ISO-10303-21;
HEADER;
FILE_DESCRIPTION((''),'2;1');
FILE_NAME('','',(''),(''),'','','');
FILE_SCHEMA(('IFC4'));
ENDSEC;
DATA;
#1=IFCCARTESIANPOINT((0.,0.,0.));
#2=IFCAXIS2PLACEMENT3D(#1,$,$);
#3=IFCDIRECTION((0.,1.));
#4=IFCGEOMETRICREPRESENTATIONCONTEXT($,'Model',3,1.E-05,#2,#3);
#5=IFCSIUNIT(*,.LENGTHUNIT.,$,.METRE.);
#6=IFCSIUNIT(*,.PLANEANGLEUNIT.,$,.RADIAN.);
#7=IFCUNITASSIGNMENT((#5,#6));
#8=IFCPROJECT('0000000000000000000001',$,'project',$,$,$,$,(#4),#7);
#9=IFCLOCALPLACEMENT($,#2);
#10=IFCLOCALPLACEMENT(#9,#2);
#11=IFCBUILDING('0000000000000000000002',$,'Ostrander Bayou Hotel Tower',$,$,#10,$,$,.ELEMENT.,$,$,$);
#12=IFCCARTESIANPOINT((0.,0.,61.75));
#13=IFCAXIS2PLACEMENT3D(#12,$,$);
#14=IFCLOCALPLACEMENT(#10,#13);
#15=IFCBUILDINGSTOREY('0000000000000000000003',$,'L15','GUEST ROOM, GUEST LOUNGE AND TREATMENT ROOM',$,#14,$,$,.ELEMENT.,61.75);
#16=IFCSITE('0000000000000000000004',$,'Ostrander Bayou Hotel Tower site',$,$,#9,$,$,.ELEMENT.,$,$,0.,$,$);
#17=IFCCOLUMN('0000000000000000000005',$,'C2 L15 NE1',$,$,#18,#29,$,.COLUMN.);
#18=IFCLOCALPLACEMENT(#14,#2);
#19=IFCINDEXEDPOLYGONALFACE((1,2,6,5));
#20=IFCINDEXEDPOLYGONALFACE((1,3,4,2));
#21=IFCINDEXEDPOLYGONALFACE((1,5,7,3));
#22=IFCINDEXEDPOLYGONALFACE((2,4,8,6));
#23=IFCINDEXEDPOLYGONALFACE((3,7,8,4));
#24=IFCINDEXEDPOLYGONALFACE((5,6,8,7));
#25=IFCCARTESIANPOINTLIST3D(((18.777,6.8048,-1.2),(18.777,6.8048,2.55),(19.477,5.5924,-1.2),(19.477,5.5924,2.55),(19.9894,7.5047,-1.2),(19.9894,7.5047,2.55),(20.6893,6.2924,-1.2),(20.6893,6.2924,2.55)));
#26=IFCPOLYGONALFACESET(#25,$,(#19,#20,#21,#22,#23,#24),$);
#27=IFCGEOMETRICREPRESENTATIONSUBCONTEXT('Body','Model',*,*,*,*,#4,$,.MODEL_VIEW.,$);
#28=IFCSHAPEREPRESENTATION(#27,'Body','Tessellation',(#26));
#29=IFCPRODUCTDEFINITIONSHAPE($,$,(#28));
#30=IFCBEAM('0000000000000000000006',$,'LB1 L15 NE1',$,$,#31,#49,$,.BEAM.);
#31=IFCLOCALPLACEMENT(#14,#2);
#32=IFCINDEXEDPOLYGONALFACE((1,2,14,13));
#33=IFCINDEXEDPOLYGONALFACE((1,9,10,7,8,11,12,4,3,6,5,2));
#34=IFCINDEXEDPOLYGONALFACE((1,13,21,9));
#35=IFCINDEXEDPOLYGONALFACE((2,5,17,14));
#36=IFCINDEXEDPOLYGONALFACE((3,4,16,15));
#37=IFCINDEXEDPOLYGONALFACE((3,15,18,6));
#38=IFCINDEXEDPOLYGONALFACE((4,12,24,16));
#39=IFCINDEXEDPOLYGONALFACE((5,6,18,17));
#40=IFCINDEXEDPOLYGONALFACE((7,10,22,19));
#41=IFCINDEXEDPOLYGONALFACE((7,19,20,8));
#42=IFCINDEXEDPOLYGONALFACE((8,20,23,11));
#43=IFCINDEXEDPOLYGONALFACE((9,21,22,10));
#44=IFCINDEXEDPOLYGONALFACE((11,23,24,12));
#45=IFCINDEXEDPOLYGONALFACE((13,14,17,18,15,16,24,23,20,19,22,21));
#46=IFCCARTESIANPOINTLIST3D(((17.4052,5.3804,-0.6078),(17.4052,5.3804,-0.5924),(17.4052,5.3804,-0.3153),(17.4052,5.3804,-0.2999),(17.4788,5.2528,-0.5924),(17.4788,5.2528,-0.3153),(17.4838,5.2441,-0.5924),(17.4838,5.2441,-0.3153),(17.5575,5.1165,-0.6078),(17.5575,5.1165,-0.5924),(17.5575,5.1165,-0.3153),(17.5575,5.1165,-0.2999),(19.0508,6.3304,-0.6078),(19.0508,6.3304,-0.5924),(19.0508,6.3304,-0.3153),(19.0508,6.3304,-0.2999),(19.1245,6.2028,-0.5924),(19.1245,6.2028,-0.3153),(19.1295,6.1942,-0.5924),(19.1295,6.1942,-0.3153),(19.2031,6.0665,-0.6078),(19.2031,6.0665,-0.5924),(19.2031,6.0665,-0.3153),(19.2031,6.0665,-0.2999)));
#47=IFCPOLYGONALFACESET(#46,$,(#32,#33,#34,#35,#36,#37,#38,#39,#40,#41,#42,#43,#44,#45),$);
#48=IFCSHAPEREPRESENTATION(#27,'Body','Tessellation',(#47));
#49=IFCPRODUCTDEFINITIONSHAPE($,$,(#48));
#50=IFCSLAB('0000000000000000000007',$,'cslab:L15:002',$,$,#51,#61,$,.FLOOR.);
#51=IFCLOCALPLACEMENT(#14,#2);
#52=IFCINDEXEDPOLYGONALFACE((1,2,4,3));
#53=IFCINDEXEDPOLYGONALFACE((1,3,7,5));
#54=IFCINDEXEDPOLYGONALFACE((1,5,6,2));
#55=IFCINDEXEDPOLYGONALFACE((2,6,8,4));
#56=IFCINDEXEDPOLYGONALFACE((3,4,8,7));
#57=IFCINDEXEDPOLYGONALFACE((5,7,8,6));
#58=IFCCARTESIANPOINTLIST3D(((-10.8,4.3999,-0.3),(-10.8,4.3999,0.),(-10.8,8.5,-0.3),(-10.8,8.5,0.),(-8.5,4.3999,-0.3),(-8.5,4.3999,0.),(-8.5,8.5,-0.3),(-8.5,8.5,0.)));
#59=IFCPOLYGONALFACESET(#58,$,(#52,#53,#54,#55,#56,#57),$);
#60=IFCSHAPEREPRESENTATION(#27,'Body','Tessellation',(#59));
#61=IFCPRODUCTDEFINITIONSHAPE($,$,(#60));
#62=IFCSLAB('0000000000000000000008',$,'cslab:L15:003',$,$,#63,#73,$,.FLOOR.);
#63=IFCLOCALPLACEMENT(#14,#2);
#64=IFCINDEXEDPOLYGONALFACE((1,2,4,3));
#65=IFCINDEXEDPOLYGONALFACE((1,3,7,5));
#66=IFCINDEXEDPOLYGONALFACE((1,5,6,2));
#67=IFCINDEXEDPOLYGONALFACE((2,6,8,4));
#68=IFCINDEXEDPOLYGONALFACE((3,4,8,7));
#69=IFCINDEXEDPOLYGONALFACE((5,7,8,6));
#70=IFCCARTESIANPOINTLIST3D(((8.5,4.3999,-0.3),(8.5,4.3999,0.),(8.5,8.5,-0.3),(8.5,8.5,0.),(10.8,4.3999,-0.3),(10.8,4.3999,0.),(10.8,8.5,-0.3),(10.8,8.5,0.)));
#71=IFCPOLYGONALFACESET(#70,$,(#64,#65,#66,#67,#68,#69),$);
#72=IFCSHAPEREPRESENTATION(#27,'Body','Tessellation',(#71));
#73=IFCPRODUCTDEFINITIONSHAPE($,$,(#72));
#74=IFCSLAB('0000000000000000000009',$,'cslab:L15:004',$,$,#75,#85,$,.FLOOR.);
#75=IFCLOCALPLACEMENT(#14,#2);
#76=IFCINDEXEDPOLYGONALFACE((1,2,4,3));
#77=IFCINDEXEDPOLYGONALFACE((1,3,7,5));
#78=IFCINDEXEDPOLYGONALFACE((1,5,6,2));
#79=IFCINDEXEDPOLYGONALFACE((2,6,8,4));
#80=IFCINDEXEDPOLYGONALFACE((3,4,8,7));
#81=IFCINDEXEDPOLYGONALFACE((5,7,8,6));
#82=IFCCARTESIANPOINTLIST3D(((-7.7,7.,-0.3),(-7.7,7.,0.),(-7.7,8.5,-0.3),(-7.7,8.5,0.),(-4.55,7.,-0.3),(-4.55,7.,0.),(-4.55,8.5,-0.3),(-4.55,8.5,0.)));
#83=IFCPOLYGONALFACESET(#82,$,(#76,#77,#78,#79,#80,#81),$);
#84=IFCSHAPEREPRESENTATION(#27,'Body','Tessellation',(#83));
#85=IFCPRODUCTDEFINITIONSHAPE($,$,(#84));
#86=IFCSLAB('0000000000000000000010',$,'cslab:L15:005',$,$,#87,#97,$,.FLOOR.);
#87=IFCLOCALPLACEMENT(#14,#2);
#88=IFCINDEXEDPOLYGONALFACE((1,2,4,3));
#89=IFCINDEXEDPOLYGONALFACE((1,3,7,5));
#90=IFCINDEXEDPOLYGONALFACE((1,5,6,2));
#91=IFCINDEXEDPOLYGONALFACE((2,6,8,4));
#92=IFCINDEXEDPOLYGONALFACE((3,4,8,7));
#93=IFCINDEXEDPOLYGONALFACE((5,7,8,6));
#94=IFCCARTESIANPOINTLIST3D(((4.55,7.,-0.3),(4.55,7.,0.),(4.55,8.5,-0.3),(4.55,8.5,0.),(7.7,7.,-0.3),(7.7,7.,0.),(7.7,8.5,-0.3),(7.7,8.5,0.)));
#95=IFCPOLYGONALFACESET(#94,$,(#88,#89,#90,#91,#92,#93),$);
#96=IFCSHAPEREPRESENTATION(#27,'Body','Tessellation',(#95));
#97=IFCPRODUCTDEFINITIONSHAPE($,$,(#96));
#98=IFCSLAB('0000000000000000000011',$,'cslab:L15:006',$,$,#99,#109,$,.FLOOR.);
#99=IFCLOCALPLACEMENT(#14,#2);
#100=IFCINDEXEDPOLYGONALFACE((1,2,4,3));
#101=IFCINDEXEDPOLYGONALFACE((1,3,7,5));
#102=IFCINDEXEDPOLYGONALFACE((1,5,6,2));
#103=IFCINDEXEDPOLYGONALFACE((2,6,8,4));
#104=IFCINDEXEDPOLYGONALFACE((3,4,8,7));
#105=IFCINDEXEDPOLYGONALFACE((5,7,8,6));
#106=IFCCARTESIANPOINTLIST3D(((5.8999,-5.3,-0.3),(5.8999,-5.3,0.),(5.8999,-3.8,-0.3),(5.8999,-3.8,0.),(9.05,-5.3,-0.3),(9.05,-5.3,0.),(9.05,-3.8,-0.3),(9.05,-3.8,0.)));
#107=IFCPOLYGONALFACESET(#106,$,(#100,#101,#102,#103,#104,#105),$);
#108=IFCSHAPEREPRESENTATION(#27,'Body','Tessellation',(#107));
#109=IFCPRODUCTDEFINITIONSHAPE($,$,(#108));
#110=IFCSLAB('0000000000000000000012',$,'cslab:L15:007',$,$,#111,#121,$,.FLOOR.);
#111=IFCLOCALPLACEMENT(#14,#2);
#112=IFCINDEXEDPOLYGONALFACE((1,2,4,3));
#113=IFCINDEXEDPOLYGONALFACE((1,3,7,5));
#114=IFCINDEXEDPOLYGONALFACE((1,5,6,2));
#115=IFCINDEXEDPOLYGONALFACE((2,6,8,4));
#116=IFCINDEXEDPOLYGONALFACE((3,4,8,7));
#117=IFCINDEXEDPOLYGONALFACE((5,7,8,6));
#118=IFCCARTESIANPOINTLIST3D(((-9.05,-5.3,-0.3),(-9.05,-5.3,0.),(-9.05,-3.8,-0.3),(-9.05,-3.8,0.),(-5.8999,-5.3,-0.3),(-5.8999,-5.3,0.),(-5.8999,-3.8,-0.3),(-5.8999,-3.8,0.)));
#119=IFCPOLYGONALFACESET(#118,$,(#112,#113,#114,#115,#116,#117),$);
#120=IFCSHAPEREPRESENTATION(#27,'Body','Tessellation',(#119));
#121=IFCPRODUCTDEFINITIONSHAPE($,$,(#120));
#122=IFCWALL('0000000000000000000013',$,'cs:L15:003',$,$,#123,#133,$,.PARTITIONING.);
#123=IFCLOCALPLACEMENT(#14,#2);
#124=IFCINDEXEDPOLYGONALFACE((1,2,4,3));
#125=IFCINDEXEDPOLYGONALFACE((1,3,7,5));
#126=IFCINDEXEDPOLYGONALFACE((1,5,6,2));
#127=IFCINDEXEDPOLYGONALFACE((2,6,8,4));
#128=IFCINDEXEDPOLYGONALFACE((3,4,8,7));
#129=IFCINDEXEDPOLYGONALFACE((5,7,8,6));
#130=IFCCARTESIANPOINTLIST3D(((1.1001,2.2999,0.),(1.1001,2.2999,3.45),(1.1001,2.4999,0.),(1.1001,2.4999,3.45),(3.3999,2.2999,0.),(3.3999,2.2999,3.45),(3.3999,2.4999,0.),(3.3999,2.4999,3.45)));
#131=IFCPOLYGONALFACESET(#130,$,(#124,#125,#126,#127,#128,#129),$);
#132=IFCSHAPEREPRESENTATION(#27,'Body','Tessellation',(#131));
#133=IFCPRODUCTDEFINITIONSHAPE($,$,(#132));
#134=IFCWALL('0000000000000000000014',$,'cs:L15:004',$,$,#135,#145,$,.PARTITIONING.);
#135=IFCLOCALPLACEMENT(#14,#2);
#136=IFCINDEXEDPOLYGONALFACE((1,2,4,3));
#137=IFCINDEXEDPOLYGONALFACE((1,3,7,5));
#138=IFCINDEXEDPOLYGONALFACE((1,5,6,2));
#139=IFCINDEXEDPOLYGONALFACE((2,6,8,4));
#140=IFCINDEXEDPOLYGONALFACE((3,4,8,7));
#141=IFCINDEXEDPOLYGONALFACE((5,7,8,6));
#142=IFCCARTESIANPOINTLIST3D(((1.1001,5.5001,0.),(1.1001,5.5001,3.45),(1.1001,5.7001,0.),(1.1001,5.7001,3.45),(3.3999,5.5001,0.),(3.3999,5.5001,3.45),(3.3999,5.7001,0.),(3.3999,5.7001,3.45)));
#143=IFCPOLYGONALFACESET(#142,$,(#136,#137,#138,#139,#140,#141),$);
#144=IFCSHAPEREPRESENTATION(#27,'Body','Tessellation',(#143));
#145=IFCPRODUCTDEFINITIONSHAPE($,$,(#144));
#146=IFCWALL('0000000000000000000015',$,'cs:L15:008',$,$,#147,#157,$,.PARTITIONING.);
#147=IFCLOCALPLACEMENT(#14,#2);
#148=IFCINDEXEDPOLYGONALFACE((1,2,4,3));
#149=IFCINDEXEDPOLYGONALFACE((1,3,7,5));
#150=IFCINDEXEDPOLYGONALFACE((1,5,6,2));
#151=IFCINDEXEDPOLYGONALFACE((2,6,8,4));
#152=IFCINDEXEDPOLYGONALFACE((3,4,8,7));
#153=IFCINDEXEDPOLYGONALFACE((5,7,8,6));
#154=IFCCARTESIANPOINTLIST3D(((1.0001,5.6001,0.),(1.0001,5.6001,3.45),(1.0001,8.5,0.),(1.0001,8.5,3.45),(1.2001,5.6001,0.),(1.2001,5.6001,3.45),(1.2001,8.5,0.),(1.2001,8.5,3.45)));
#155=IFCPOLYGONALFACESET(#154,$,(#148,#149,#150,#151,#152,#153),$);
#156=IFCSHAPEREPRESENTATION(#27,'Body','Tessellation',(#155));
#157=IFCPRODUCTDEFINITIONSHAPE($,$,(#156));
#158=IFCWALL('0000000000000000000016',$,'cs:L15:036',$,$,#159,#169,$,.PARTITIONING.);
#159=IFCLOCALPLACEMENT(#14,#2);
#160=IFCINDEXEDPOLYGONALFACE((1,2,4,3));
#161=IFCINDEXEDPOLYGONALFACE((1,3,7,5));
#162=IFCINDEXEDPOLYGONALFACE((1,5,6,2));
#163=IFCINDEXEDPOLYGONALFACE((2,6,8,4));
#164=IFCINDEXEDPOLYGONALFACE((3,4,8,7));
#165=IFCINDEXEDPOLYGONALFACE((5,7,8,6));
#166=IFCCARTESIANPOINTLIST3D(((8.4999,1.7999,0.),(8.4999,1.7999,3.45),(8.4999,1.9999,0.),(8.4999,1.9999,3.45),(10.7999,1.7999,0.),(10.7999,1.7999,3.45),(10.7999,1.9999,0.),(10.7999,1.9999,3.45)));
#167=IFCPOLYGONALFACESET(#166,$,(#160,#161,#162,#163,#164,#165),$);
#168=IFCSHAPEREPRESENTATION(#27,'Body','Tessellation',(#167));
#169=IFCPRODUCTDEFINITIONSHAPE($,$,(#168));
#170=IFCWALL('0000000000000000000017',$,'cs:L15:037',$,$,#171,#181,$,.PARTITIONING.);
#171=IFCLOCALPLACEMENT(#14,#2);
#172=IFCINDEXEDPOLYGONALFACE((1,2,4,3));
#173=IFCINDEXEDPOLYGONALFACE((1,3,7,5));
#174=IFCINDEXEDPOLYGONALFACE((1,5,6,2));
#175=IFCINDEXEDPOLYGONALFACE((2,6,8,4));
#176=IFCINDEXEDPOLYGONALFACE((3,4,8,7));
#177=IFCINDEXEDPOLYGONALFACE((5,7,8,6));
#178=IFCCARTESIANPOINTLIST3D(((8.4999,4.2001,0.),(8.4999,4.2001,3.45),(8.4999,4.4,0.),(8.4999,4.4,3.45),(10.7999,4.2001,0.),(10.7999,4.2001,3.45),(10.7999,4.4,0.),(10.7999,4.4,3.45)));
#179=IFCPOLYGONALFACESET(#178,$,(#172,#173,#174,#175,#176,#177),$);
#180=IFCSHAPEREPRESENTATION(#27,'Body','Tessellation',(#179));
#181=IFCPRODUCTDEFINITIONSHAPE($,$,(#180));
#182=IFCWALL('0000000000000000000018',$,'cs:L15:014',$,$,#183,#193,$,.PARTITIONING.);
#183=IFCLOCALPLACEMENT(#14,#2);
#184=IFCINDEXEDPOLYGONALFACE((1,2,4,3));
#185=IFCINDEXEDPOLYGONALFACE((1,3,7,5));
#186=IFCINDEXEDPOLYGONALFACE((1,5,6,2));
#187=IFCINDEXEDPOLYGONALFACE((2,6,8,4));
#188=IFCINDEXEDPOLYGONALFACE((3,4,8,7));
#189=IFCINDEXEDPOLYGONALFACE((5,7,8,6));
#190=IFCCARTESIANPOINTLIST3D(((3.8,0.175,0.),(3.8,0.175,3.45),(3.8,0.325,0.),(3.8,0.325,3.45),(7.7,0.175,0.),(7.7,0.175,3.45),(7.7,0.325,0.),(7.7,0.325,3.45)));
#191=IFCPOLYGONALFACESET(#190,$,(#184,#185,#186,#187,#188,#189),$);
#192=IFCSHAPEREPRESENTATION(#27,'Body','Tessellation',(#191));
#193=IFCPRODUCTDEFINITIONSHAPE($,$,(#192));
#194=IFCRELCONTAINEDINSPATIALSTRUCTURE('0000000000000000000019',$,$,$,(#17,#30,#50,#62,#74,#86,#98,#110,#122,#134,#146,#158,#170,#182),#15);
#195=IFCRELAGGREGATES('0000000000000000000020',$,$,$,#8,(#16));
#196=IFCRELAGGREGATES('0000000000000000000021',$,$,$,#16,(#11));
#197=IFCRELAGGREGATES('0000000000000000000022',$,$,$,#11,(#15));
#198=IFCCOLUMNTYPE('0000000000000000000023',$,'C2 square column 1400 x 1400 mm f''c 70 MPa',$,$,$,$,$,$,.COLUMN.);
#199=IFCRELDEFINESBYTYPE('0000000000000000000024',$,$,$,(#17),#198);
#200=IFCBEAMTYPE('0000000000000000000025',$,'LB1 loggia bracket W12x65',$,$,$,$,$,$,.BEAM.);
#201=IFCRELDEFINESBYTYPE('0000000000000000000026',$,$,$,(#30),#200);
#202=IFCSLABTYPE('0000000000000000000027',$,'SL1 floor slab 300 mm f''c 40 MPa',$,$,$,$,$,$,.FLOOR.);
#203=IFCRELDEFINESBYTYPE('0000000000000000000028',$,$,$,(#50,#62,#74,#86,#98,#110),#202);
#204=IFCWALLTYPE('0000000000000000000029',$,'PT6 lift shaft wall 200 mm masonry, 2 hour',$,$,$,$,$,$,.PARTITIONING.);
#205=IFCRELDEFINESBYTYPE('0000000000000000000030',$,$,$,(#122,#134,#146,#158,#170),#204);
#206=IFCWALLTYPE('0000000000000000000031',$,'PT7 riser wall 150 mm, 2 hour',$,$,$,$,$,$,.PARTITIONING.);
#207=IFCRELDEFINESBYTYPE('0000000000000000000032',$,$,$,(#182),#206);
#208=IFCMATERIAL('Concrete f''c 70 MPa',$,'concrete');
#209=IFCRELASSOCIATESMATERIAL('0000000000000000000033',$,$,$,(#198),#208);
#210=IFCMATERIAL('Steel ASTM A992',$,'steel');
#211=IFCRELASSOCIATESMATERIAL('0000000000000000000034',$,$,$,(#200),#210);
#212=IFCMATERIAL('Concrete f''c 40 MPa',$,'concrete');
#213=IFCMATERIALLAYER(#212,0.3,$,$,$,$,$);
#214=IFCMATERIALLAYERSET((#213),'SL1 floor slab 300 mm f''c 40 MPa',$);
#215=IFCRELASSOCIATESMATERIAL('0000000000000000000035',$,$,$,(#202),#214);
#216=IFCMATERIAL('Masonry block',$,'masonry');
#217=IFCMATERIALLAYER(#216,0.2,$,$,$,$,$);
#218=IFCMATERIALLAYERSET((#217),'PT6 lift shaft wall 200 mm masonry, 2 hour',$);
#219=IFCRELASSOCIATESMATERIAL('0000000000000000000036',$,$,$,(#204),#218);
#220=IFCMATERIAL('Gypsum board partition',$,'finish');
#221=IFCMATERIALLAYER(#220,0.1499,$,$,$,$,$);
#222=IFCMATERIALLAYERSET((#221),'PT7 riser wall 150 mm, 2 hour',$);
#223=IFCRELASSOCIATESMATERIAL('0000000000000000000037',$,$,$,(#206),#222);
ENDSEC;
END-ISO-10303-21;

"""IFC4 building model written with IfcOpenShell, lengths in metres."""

from ifc_helpers import new_model, si_unit, direction, frame, frame_2d, origin, origin_2d, place, context, subcontext, project, spatial, polyline, rectangle, i_section, outline, extrude, material, layer, layer_set, material_profile, profile_set, type_object, element, save


model = new_model("IFC4")

# Units and contexts
model_context = context("Model", 3, precision=1e-05, world=origin(), true_north=direction((0.0, 1.0)))
body_context = subcontext(model_context, "Body", "Model", "MODEL_VIEW")
ifc_project = project(units=[si_unit("LENGTHUNIT", "METRE"), si_unit("PLANEANGLEUNIT", "RADIAN")], contexts=[model_context])

# Site, building, storey
site_placement = place(None, origin())
site = spatial("IfcSite", under=ifc_project, at=site_placement, Name="Ostrander Bayou Hotel Tower site", CompositionType="ELEMENT", RefElevation=0.0)
building_placement = place(site_placement, origin())
building = spatial("IfcBuilding", under=site, at=building_placement, Name="Ostrander Bayou Hotel Tower", CompositionType="ELEMENT")
storey_placement = place(building_placement, frame((0.0, 0.0, 61.75)))
storey = spatial("IfcBuildingStorey", under=building, at=storey_placement, Name="L15", Description="GUEST ROOM, GUEST LOUNGE AND TREATMENT ROOM", CompositionType="ELEMENT", Elevation=61.75)

# Column
ifc_material_1 = material(Name="Concrete f'c 70 MPa", Category="concrete")
ifc_material_profile_1 = material_profile(ifc_material_1, rectangle(XDim=1.3999, YDim=1.3999, at=origin_2d()))
ifc_profile_set_1 = profile_set([ifc_material_profile_1], Name="Concrete f'c 70 MPa")
column_type = type_object("IfcColumnType", Name="C2 square column 1400 x 1400 mm f'c 70 MPa", PredefinedType="COLUMN", material=ifc_profile_set_1)
column_placement = place(storey_placement, frame((19.7332, 6.5486, -1.2), z_axis=(0.0, 0.0, 1.0), x_axis=(0.5, -0.866025, 0.0)))
element("IfcColumn", 1, at=column_placement, inside=storey, type_object=column_type, Name="C2 L15 NE1", PredefinedType="COLUMN", context=body_context, shape_type="SweptSolid", body=[
    extrude(rectangle(XDim=1.3999, YDim=1.3999, at=origin_2d()), origin(), (0.0, 0.0, 1.0), 3.75),
])

# Beam
ifc_material_2 = material(Name="Steel ASTM A992", Category="steel")
ifc_material_profile_2 = material_profile(ifc_material_2, i_section(OverallWidth=0.3047, OverallDepth=0.3079, WebThickness=0.01, FlangeThickness=0.0154, at=origin_2d()))
ifc_profile_set_2 = profile_set([ifc_material_profile_2], Name="Steel ASTM A992")
beam_type = type_object("IfcBeamType", Name="LB1 loggia bracket W12x65", PredefinedType="BEAM", material=ifc_profile_set_2)
beam_placement = place(storey_placement, frame((19.127, 6.1985, -0.4539), z_axis=(-0.866044, -0.499967, 0.0), x_axis=(0.499967, -0.866044, 0.0)))
element("IfcBeam", 2, at=beam_placement, inside=storey, type_object=beam_type, Name="LB1 L15 NE1", PredefinedType="BEAM", context=body_context, shape_type="SweptSolid", body=[
    extrude(i_section(OverallWidth=0.3047, OverallDepth=0.3079, WebThickness=0.01, FlangeThickness=0.0154, at=origin_2d()), origin(), (0.0, 0.0, 1.0), 1.9001),
])

# Slabs
ifc_material_3 = material(Name="Concrete f'c 40 MPa", Category="concrete")
ifc_layer_1 = layer(ifc_material_3, 0.3)
ifc_layer_set_1 = layer_set([ifc_layer_1], Name="SL1 floor slab 300 mm f'c 40 MPa")
slab_type = type_object("IfcSlabType", Name="SL1 floor slab 300 mm f'c 40 MPa", PredefinedType="FLOOR", material=ifc_layer_set_1)
slab_1_placement = place(storey_placement, frame((0.0, 0.0, -0.3)))
element("IfcSlab", 3, at=slab_1_placement, inside=storey, type_object=slab_type, Name="cslab:L15:002", PredefinedType="FLOOR", context=body_context, shape_type="SweptSolid", body=[
    extrude(outline(polyline([(-8.5, 4.3999), (-8.5, 8.5), (-10.8, 8.5), (-10.8, 4.3999), (-8.5, 4.3999)])), origin(), (0.0, 0.0, 1.0), 0.3),
])
slab_2_placement = place(storey_placement, frame((0.0, 0.0, -0.3)))
element("IfcSlab", 4, at=slab_2_placement, inside=storey, type_object=slab_type, Name="cslab:L15:003", PredefinedType="FLOOR", context=body_context, shape_type="SweptSolid", body=[
    extrude(outline(polyline([(10.8, 4.3999), (10.8, 8.5), (8.5, 8.5), (8.5, 4.3999), (10.8, 4.3999)])), origin(), (0.0, 0.0, 1.0), 0.3),
])
slab_3_placement = place(storey_placement, frame((0.0, 0.0, -0.3)))
element("IfcSlab", 5, at=slab_3_placement, inside=storey, type_object=slab_type, Name="cslab:L15:004", PredefinedType="FLOOR", context=body_context, shape_type="SweptSolid", body=[
    extrude(outline(polyline([(-4.55, 7.0), (-4.55, 8.5), (-7.7, 8.5), (-7.7, 7.0), (-4.55, 7.0)])), origin(), (0.0, 0.0, 1.0), 0.3),
])
slab_4_placement = place(storey_placement, frame((0.0, 0.0, -0.3)))
element("IfcSlab", 6, at=slab_4_placement, inside=storey, type_object=slab_type, Name="cslab:L15:005", PredefinedType="FLOOR", context=body_context, shape_type="SweptSolid", body=[
    extrude(outline(polyline([(7.7, 7.0), (7.7, 8.5), (4.55, 8.5), (4.55, 7.0), (7.7, 7.0)])), origin(), (0.0, 0.0, 1.0), 0.3),
])
slab_5_placement = place(storey_placement, frame((0.0, 0.0, -0.3)))
element("IfcSlab", 7, at=slab_5_placement, inside=storey, type_object=slab_type, Name="cslab:L15:006", PredefinedType="FLOOR", context=body_context, shape_type="SweptSolid", body=[
    extrude(outline(polyline([(9.05, -5.3), (9.05, -3.8), (5.8999, -3.8), (5.8999, -5.3), (9.05, -5.3)])), origin(), (0.0, 0.0, 1.0), 0.3),
])
slab_6_placement = place(storey_placement, frame((0.0, 0.0, -0.3)))
element("IfcSlab", 8, at=slab_6_placement, inside=storey, type_object=slab_type, Name="cslab:L15:007", PredefinedType="FLOOR", context=body_context, shape_type="SweptSolid", body=[
    extrude(outline(polyline([(-5.8999, -5.3), (-5.8999, -3.8), (-9.05, -3.8), (-9.05, -5.3), (-5.8999, -5.3)])), origin(), (0.0, 0.0, 1.0), 0.3),
])

# Walls
ifc_material_4 = material(Name="Masonry block", Category="masonry")
ifc_layer_2 = layer(ifc_material_4, 0.2)
ifc_layer_set_2 = layer_set([ifc_layer_2], Name="PT6 lift shaft wall 200 mm masonry, 2 hour")
wall_type_1 = type_object("IfcWallType", Name="PT6 lift shaft wall 200 mm masonry, 2 hour", PredefinedType="PARTITIONING", material=ifc_layer_set_2)
for number, where, z_axis, x_axis, name in (
    (9, (1.1001, 2.3999, 0.0), (0.0, 0.0, 1.0), (1.0, 0.0, 0.0), "cs:L15:003"),
    (10, (1.1001, 5.6001, 0.0), (0.0, 0.0, 1.0), (1.0, 0.0, 0.0), "cs:L15:004"),
):
    element("IfcWall", number, at=place(storey_placement, frame(where, z_axis=z_axis, x_axis=x_axis)), inside=storey, type_object=wall_type_1, Name=name, PredefinedType="PARTITIONING", context=body_context, shape_type="SweptSolid", body=[
        extrude(rectangle(XDim=2.2998, YDim=0.2, at=frame_2d((1.1499, 0.0))), origin(), (0.0, 0.0, 1.0), 3.45),
    ])
wall_1_placement = place(storey_placement, frame((1.1001, 5.6001, 0.0), z_axis=(0.0, 0.0, 1.0), x_axis=(0.0, 1.0, 0.0)))
element("IfcWall", 11, at=wall_1_placement, inside=storey, type_object=wall_type_1, Name="cs:L15:008", PredefinedType="PARTITIONING", context=body_context, shape_type="SweptSolid", body=[
    extrude(rectangle(XDim=2.8999, YDim=0.2, at=frame_2d((1.45, 0.0))), origin(), (0.0, 0.0, 1.0), 3.45),
])
for number, where, z_axis, x_axis, name in (
    (12, (8.5, 1.8999, 0.0), (0.0, 0.0, 1.0), (1.0, 0.0, 0.0), "cs:L15:036"),
    (13, (8.5, 4.3, 0.0), (0.0, 0.0, 1.0), (1.0, 0.0, 0.0), "cs:L15:037"),
):
    element("IfcWall", number, at=place(storey_placement, frame(where, z_axis=z_axis, x_axis=x_axis)), inside=storey, type_object=wall_type_1, Name=name, PredefinedType="PARTITIONING", context=body_context, shape_type="SweptSolid", body=[
        extrude(rectangle(XDim=2.3, YDim=0.2, at=frame_2d((1.1499, 0.0))), origin(), (0.0, 0.0, 1.0), 3.45),
    ])
ifc_material_5 = material(Name="Gypsum board partition", Category="finish")
ifc_layer_3 = layer(ifc_material_5, 0.1499)
ifc_layer_set_3 = layer_set([ifc_layer_3], Name="PT7 riser wall 150 mm, 2 hour")
wall_type_2 = type_object("IfcWallType", Name="PT7 riser wall 150 mm, 2 hour", PredefinedType="PARTITIONING", material=ifc_layer_set_3)
wall_2_placement = place(storey_placement, frame((3.8, 0.25, 0.0), z_axis=(0.0, 0.0, 1.0), x_axis=(1.0, 0.0, 0.0)))
element("IfcWall", 14, at=wall_2_placement, inside=storey, type_object=wall_type_2, Name="cs:L15:014", PredefinedType="PARTITIONING", context=body_context, shape_type="SweptSolid", body=[
    extrude(rectangle(XDim=3.8999, YDim=0.1499, at=frame_2d((1.95, 0.0))), origin(), (0.0, 0.0, 1.0), 3.45),
])

save(model, "model.ifc")
